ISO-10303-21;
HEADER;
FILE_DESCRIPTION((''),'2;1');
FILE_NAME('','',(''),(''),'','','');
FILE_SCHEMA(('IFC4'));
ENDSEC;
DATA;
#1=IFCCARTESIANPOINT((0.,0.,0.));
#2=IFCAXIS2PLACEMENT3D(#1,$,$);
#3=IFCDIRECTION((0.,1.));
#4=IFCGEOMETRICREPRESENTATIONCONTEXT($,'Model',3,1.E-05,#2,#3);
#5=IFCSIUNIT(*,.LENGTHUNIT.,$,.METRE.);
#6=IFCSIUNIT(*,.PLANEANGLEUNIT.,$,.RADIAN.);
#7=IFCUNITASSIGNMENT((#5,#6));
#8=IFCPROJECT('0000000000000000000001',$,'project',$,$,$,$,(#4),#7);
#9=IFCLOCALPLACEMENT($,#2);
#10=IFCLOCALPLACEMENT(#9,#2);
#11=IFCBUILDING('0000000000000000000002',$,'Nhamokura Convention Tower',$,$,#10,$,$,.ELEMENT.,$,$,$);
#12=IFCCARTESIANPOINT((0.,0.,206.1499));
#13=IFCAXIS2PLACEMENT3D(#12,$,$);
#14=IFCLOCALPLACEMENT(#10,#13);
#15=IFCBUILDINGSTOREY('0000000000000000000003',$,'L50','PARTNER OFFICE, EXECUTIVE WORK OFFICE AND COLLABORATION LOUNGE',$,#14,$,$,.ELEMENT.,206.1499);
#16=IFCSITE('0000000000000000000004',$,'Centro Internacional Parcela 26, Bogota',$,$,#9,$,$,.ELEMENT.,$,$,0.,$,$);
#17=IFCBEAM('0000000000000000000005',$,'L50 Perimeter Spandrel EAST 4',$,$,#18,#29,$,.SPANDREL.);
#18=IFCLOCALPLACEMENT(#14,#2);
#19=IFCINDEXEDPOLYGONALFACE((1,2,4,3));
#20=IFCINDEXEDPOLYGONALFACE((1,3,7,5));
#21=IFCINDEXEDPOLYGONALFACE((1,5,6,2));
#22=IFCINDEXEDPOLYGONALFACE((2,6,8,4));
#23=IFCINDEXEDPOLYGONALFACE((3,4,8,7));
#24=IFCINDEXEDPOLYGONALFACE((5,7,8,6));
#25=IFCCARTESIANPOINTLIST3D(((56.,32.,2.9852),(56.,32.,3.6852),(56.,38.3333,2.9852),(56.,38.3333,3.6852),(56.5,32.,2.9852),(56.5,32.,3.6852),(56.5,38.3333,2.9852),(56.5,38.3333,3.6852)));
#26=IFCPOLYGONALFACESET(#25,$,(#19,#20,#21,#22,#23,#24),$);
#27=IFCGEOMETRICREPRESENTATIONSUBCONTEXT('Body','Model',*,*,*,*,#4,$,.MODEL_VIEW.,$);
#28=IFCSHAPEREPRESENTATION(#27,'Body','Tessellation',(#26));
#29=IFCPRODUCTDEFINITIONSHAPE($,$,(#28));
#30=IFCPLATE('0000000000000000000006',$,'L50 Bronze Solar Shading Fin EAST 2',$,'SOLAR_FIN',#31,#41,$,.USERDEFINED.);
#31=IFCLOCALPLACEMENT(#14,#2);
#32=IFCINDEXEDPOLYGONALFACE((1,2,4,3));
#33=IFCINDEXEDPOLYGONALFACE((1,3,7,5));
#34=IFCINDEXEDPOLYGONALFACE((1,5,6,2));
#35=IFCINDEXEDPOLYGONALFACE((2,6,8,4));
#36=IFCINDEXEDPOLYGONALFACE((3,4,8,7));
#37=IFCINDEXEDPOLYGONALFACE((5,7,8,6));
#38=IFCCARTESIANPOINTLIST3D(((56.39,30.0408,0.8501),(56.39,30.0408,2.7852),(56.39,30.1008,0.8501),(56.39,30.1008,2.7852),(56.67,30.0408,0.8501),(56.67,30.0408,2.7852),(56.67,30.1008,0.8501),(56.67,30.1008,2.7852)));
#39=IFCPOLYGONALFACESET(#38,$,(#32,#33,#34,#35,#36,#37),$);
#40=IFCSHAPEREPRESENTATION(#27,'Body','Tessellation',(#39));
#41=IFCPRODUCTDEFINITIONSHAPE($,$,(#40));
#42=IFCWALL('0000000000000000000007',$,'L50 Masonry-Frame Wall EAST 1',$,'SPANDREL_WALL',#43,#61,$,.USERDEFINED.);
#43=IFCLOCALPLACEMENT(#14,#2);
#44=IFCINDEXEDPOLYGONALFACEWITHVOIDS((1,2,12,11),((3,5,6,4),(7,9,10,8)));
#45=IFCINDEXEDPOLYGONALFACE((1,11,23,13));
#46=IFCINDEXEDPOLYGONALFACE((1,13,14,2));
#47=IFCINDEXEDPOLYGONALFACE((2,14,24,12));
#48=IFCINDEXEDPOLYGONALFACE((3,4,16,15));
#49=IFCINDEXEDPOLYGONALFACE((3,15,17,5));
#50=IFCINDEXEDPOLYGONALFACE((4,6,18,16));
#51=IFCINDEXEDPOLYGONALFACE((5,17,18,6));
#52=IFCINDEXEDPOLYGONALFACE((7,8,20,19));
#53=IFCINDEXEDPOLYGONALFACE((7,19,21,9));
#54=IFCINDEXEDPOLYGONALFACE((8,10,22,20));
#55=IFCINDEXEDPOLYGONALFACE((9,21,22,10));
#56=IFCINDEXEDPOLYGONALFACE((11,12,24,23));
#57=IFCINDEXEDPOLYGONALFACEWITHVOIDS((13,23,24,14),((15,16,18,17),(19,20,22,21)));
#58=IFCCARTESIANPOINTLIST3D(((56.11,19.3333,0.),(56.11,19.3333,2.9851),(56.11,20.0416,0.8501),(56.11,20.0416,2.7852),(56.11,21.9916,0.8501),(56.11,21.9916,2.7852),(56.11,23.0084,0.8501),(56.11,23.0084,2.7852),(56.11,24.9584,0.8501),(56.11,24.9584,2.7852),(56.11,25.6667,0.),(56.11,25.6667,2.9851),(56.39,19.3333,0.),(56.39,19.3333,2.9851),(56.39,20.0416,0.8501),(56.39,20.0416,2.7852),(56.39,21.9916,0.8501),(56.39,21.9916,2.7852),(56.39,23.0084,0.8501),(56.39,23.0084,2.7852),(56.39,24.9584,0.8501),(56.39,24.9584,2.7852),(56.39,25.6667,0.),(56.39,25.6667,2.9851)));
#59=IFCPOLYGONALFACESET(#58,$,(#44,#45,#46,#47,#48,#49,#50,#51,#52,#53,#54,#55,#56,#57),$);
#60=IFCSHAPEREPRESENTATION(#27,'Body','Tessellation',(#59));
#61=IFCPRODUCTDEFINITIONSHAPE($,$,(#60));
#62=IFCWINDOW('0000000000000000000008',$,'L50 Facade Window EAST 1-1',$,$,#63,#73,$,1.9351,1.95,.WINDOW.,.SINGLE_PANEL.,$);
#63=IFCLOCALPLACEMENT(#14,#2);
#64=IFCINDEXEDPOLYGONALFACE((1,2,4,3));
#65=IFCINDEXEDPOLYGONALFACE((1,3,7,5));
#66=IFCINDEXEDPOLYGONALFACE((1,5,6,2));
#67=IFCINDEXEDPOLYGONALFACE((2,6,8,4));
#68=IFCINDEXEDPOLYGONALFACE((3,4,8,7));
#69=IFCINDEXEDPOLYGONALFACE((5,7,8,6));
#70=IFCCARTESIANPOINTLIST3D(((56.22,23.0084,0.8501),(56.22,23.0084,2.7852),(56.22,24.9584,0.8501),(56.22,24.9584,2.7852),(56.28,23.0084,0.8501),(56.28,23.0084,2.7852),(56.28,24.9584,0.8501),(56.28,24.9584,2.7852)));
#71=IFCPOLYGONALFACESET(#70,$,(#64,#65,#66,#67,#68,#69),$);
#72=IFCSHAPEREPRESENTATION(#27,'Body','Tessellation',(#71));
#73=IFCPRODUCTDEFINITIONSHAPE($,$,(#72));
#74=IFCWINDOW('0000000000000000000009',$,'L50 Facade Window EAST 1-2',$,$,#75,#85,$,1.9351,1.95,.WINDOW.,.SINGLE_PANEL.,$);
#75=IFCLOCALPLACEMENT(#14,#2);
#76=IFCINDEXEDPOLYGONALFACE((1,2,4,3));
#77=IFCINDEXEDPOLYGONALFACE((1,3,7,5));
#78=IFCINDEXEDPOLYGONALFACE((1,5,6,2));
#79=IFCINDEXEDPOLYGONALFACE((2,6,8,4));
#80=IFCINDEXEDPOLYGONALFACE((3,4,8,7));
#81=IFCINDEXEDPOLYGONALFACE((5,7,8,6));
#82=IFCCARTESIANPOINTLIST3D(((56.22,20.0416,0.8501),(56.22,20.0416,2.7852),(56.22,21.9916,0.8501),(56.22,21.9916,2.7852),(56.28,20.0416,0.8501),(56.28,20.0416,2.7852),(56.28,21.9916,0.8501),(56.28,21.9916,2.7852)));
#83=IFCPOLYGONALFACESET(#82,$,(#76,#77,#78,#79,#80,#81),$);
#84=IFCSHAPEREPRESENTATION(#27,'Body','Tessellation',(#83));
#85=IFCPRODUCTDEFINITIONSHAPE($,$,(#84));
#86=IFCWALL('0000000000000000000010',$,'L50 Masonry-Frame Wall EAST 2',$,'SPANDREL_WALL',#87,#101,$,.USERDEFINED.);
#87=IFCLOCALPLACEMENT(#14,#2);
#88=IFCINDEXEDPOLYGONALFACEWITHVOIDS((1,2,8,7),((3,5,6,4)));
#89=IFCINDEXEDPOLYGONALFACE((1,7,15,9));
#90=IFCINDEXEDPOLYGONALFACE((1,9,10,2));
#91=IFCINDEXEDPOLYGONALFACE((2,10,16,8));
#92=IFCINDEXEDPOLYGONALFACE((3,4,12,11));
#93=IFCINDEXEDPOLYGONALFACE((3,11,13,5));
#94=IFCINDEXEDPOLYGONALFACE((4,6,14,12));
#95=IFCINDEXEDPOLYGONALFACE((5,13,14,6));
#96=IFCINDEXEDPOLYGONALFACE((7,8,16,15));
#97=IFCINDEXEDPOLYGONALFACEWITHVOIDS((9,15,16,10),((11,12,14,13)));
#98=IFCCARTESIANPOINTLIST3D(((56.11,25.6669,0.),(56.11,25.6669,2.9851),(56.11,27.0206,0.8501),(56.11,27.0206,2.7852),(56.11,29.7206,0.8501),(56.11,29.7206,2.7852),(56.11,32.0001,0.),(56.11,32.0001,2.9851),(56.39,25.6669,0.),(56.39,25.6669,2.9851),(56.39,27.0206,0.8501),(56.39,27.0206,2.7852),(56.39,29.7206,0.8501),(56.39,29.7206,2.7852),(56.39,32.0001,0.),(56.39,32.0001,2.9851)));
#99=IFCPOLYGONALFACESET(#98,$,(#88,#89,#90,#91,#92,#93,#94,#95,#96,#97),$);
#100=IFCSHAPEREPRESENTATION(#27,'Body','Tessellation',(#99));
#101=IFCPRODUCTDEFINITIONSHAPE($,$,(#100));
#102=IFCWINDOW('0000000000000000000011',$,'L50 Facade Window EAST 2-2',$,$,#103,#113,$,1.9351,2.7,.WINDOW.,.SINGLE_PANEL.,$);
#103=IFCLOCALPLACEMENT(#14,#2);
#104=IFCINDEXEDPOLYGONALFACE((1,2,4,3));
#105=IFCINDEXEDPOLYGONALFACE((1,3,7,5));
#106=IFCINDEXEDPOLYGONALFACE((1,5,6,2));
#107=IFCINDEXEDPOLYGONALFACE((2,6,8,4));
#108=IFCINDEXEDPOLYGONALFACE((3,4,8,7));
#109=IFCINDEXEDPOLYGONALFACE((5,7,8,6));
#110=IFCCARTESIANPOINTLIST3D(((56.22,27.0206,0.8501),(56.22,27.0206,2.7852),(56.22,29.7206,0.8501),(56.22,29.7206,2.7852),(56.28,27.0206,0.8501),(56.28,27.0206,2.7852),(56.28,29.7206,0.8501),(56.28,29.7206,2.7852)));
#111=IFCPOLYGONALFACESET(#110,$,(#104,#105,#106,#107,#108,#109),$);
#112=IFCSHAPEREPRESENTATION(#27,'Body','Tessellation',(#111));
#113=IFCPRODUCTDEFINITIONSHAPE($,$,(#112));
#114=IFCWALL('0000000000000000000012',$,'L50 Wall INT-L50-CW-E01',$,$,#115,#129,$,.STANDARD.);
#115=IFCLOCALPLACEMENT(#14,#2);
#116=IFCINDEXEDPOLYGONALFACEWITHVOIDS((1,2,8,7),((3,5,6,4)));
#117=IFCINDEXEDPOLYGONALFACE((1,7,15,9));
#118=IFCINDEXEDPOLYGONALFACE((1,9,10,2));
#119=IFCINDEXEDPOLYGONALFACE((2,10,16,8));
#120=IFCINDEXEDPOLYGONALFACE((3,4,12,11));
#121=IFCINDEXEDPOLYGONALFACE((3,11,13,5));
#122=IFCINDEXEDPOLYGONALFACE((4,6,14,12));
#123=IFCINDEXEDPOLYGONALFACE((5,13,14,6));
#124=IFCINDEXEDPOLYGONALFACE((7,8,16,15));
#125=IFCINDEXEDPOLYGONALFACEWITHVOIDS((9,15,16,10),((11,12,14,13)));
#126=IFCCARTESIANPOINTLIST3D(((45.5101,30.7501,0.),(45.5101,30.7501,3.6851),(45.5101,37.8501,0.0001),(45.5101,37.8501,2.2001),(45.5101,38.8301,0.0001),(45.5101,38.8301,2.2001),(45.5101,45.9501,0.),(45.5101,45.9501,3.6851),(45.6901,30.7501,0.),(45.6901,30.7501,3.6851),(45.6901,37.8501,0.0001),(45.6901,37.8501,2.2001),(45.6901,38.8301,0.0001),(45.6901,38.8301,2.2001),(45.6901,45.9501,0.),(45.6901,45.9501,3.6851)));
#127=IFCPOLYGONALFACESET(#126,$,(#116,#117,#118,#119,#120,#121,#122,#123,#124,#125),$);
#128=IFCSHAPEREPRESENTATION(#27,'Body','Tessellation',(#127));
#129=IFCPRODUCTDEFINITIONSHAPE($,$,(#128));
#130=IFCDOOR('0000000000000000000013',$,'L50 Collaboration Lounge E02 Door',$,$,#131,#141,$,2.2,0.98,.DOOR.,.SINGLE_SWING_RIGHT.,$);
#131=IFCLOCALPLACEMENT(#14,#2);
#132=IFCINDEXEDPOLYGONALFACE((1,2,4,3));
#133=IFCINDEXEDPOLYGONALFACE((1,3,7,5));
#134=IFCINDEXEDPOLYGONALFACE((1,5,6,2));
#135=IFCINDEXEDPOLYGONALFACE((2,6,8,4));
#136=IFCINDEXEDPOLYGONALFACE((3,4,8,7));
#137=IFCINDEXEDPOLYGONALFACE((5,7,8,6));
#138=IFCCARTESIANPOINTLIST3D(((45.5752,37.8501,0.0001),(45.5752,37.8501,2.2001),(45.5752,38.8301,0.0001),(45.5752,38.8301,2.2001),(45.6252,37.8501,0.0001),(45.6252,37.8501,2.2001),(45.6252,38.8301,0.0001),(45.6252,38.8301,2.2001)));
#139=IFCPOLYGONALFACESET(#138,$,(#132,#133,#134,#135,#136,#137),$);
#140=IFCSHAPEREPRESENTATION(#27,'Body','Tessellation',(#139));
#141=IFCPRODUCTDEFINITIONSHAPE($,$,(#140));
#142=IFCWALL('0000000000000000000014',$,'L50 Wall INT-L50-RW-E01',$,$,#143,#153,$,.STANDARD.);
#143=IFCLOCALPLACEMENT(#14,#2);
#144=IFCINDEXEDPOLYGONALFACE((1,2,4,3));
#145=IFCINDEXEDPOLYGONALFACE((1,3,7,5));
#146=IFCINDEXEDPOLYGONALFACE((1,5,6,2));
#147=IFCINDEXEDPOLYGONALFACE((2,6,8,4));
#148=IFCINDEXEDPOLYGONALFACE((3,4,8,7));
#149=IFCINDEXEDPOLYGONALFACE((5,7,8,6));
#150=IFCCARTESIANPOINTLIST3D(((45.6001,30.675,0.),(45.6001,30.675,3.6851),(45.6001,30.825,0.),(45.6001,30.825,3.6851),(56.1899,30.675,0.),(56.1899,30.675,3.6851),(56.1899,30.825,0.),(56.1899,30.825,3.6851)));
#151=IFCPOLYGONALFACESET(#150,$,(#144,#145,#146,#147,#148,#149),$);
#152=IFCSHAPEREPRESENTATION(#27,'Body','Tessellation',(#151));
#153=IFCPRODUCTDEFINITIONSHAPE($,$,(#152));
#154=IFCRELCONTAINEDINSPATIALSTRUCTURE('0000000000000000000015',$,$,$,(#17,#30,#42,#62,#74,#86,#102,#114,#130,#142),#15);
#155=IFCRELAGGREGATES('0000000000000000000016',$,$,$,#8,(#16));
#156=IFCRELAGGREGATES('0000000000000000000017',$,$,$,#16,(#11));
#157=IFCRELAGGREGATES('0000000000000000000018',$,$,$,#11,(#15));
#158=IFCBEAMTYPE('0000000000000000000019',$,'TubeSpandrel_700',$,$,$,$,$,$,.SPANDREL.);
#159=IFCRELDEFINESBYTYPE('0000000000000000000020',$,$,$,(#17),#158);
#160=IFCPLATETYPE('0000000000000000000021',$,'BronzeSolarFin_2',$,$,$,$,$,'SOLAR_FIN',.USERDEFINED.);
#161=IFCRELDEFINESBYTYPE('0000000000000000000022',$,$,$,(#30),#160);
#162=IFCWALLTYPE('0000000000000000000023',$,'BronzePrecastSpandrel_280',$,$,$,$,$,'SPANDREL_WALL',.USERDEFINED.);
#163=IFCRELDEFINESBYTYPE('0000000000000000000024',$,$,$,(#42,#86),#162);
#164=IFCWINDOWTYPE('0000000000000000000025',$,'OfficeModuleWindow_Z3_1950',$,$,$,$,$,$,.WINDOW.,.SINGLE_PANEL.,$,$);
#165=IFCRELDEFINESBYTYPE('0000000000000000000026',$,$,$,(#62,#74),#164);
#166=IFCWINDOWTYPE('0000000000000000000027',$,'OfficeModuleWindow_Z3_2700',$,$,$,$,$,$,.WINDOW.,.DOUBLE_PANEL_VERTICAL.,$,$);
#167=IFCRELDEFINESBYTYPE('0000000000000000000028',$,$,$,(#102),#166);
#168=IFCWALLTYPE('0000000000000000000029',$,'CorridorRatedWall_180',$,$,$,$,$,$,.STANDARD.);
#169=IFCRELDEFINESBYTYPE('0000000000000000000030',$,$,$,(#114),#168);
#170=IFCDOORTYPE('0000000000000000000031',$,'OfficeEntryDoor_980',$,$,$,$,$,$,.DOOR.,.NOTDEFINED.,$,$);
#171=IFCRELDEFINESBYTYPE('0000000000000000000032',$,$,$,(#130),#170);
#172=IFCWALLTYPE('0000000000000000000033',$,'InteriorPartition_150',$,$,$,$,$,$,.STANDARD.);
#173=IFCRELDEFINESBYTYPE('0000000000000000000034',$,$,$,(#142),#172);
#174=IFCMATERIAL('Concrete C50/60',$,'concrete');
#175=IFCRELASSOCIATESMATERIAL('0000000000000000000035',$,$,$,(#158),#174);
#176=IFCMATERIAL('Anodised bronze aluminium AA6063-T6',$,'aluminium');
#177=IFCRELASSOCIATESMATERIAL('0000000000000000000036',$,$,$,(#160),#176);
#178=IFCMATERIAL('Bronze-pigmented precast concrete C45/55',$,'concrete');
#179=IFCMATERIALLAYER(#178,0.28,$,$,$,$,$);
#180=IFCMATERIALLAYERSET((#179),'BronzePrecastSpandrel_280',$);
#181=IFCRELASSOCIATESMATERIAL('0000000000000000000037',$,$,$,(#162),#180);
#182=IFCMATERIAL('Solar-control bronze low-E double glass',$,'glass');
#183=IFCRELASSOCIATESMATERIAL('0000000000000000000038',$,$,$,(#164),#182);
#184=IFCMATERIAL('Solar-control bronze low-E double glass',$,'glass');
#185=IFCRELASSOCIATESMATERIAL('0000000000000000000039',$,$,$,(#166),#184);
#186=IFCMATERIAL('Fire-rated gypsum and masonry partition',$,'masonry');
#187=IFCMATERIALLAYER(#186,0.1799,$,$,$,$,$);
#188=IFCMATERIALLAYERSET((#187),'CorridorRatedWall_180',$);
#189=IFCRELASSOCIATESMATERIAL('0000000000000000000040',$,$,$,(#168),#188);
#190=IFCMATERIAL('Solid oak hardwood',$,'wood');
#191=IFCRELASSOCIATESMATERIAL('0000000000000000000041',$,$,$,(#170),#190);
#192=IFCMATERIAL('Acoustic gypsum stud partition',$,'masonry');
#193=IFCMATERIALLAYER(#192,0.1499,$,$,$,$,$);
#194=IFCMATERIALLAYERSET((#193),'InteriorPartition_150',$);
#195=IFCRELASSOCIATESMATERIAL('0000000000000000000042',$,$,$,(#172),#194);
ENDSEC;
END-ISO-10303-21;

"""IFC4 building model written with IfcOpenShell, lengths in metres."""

from ifc_helpers import new_model, si_unit, direction, frame, frame_2d, origin, origin_2d, place, context, subcontext, project, spatial, rectangle, extrude, material, layer, layer_set, material_profile, profile_set, type_object, element, fill, save


model = new_model("IFC4")

# Units and contexts
model_context = context("Model", 3, precision=1e-05, world=origin(), true_north=direction((0.0, 1.0)))
body_context = subcontext(model_context, "Body", "Model", "MODEL_VIEW")
ifc_project = project(units=[si_unit("LENGTHUNIT", "METRE"), si_unit("PLANEANGLEUNIT", "RADIAN")], contexts=[model_context])

# Site, building, storey
site_placement = place(None, origin())
site = spatial("IfcSite", under=ifc_project, at=site_placement, Name="Centro Internacional Parcela 26, Bogota", CompositionType="ELEMENT", RefElevation=0.0)
building_placement = place(site_placement, origin())
building = spatial("IfcBuilding", under=site, at=building_placement, Name="Nhamokura Convention Tower", CompositionType="ELEMENT")
storey_placement = place(building_placement, frame((0.0, 0.0, 206.1499)))
storey = spatial("IfcBuildingStorey", under=building, at=storey_placement, Name="L50", Description="PARTNER OFFICE, EXECUTIVE WORK OFFICE AND COLLABORATION LOUNGE", CompositionType="ELEMENT", Elevation=206.1499)

# Beam
ifc_material_1 = material(Name="Concrete C50/60", Category="concrete")
ifc_material_profile_1 = material_profile(ifc_material_1, rectangle(XDim=0.5, YDim=0.7, at=origin_2d()))
ifc_profile_set_1 = profile_set([ifc_material_profile_1], Name="Concrete C50/60")
beam_type_1 = type_object("IfcBeamType", Name="TubeSpandrel_700", PredefinedType="SPANDREL", material=ifc_profile_set_1)
for number, where, z_axis, x_axis, name in (
    (1, (56.25, 32.0, 3.3352), (0.0, 1.0, 0.0), (-1.0, 0.0, 0.0), "L50 Perimeter Spandrel EAST 4"),
):
    element("IfcBeam", number, at=place(storey_placement, frame(where, z_axis=z_axis, x_axis=x_axis)), inside=storey, type_object=beam_type_1, Name=name, PredefinedType="SPANDREL", context=body_context, shape_type="SweptSolid", body=[
        extrude(rectangle(XDim=0.5, YDim=0.7, at=origin_2d()), origin(), (0.0, 0.0, 1.0), 6.3333),
    ])

# Plate
ifc_material_2 = material(Name="Anodised bronze aluminium AA6063-T6", Category="aluminium")
plate_type = type_object("IfcPlateType", Name="BronzeSolarFin_2", ElementType="SOLAR_FIN", PredefinedType="USERDEFINED", material=ifc_material_2)
plate_placement = place(storey_placement, frame((56.53, 30.0708, 0.8501), z_axis=(0.0, 0.0, 1.0), x_axis=(1.0, 0.0, 0.0)))
element("IfcPlate", 2, at=plate_placement, inside=storey, type_object=plate_type, Name="L50 Bronze Solar Shading Fin EAST 2", ObjectType="SOLAR_FIN", PredefinedType="USERDEFINED", context=body_context, shape_type="SweptSolid", body=[
    extrude(rectangle(XDim=0.28, YDim=0.0601, at=origin_2d()), origin(), (0.0, 0.0, 1.0), 1.9351),
])

# Wall, openings, windows
ifc_material_3 = material(Name="Bronze-pigmented precast concrete C45/55", Category="concrete")
ifc_layer_1 = layer(ifc_material_3, 0.28)
ifc_layer_set_1 = layer_set([ifc_layer_1], Name="BronzePrecastSpandrel_280")
wall_type_1 = type_object("IfcWallType", Name="BronzePrecastSpandrel_280", ElementType="SPANDREL_WALL", PredefinedType="USERDEFINED", material=ifc_layer_set_1)
wall_1_placement = place(storey_placement, frame((56.25, 25.6667, 0.0), z_axis=(0.0, 0.0, 1.0), x_axis=(0.0, -1.0, 0.0)))
wall_1 = element("IfcWall", 3, at=wall_1_placement, inside=storey, type_object=wall_type_1, Name="L50 Masonry-Frame Wall EAST 1", ObjectType="SPANDREL_WALL", PredefinedType="USERDEFINED", context=body_context, shape_type="SweptSolid", body=[
    extrude(rectangle(XDim=6.3335, YDim=0.28, at=frame_2d((3.1667, 0.0))), origin(), (0.0, 0.0, 1.0), 2.9851),
])
opening_1_placement = place(wall_1_placement, frame((0.7083, 0.0, 0.8501)))
opening_1 = element("IfcOpeningElement", 4, at=opening_1_placement, cuts=wall_1, PredefinedType="OPENING", context=body_context, shape_type="SweptSolid", body=[
    extrude(rectangle(XDim=1.95, YDim=1.9351, at=frame_2d((0.9751, 0.9675))), frame((0.0, 0.1499, 0.0), z_axis=(0.0, -1.0, 0.0), x_axis=(1.0, 0.0, 0.0)), (0.0, 0.0, 1.0), 0.3),
])
opening_2_placement = place(wall_1_placement, frame((3.675, 0.0, 0.8501)))
opening_2 = element("IfcOpeningElement", 5, at=opening_2_placement, cuts=wall_1, PredefinedType="OPENING", context=body_context, shape_type="SweptSolid", body=[
    extrude(rectangle(XDim=1.95, YDim=1.9351, at=frame_2d((0.9751, 0.9675))), frame((0.0, 0.1499, 0.0), z_axis=(0.0, -1.0, 0.0), x_axis=(1.0, 0.0, 0.0)), (0.0, 0.0, 1.0), 0.3),
])
ifc_material_4 = material(Name="Solar-control bronze low-E double glass", Category="glass")
window_type_1 = type_object("IfcWindowType", Name="OfficeModuleWindow_Z3_1950", PartitioningType="SINGLE_PANEL", PredefinedType="WINDOW", material=ifc_material_4)
window_1_placement = place(opening_1_placement, origin())
window_1 = element("IfcWindow", 6, at=window_1_placement, inside=storey, type_object=window_type_1, Name="L50 Facade Window EAST 1-1", OverallHeight=1.9351, OverallWidth=1.95, PartitioningType="SINGLE_PANEL", PredefinedType="WINDOW", context=body_context, shape_type="SweptSolid", body=[
    extrude(rectangle(XDim=1.95, YDim=1.9351, at=frame_2d((0.9751, 0.9675))), frame((0.0, 0.03, 0.0), z_axis=(0.0, -1.0, 0.0), x_axis=(1.0, 0.0, 0.0)), (0.0, 0.0, 1.0), 0.0601),
])
fill(opening_1, window_1)
window_2_placement = place(opening_2_placement, origin())
window_2 = element("IfcWindow", 7, at=window_2_placement, inside=storey, type_object=window_type_1, Name="L50 Facade Window EAST 1-2", OverallHeight=1.9351, OverallWidth=1.95, PartitioningType="SINGLE_PANEL", PredefinedType="WINDOW", context=body_context, shape_type="SweptSolid", body=[
    extrude(rectangle(XDim=1.95, YDim=1.9351, at=frame_2d((0.9751, 0.9675))), frame((0.0, 0.03, 0.0), z_axis=(0.0, -1.0, 0.0), x_axis=(1.0, 0.0, 0.0)), (0.0, 0.0, 1.0), 0.0601),
])
fill(opening_2, window_2)

# Wall, opening, window
wall_2_placement = place(storey_placement, frame((56.25, 32.0, 0.0), z_axis=(0.0, 0.0, 1.0), x_axis=(0.0, -1.0, 0.0)))
wall_2 = element("IfcWall", 8, at=wall_2_placement, inside=storey, type_object=wall_type_1, Name="L50 Masonry-Frame Wall EAST 2", ObjectType="SPANDREL_WALL", PredefinedType="USERDEFINED", context=body_context, shape_type="SweptSolid", body=[
    extrude(rectangle(XDim=6.3333, YDim=0.28, at=frame_2d((3.1665, 0.0))), origin(), (0.0, 0.0, 1.0), 2.9851),
])
opening_3_placement = place(wall_2_placement, frame((2.2793, 0.0, 0.8501)))
opening_3 = element("IfcOpeningElement", 9, at=opening_3_placement, cuts=wall_2, PredefinedType="OPENING", context=body_context, shape_type="SweptSolid", body=[
    extrude(rectangle(XDim=2.7, YDim=1.9351, at=frame_2d((1.3501, 0.9675))), frame((0.0, 0.1499, 0.0), z_axis=(0.0, -1.0, 0.0), x_axis=(1.0, 0.0, 0.0)), (0.0, 0.0, 1.0), 0.3),
])
ifc_material_5 = material(Name="Solar-control bronze low-E double glass", Category="glass")
window_type_2 = type_object("IfcWindowType", Name="OfficeModuleWindow_Z3_2700", PartitioningType="DOUBLE_PANEL_VERTICAL", PredefinedType="WINDOW", material=ifc_material_5)
window_3_placement = place(opening_3_placement, origin())
window_3 = element("IfcWindow", 10, at=window_3_placement, inside=storey, type_object=window_type_2, Name="L50 Facade Window EAST 2-2", OverallHeight=1.9351, OverallWidth=2.7, PartitioningType="SINGLE_PANEL", PredefinedType="WINDOW", context=body_context, shape_type="SweptSolid", body=[
    extrude(rectangle(XDim=2.7, YDim=1.9351, at=frame_2d((1.3501, 0.9675))), frame((0.0, 0.03, 0.0), z_axis=(0.0, -1.0, 0.0), x_axis=(1.0, 0.0, 0.0)), (0.0, 0.0, 1.0), 0.0601),
])
fill(opening_3, window_3)

# Wall, opening, door
ifc_material_6 = material(Name="Fire-rated gypsum and masonry partition", Category="masonry")
ifc_layer_2 = layer(ifc_material_6, 0.1799)
ifc_layer_set_2 = layer_set([ifc_layer_2], Name="CorridorRatedWall_180")
wall_type_2 = type_object("IfcWallType", Name="CorridorRatedWall_180", PredefinedType="STANDARD", material=ifc_layer_set_2)
wall_3_placement = place(storey_placement, frame((45.6001, 30.75, 0.0), z_axis=(0.0, 0.0, 1.0), x_axis=(0.0, 1.0, 0.0)))
wall_3 = element("IfcWall", 11, at=wall_3_placement, inside=storey, type_object=wall_type_2, Name="L50 Wall INT-L50-CW-E01", PredefinedType="STANDARD", context=body_context, shape_type="SweptSolid", body=[
    extrude(rectangle(XDim=15.2, YDim=0.1799, at=frame_2d((7.6001, 0.0))), origin(), (0.0, 0.0, 1.0), 3.6851),
])
opening_4_placement = place(wall_3_placement, frame((7.1001, 0.0, 0.0)))
opening_4 = element("IfcOpeningElement", 12, at=opening_4_placement, cuts=wall_3, PredefinedType="OPENING", context=body_context, shape_type="SweptSolid", body=[
    extrude(rectangle(XDim=0.98, YDim=2.2, at=frame_2d((0.49, 1.1001))), frame((0.0, 0.0999, 0.0), z_axis=(0.0, -1.0, 0.0), x_axis=(1.0, 0.0, 0.0)), (0.0, 0.0, 1.0), 0.2),
])
ifc_material_7 = material(Name="Solid oak hardwood", Category="wood")
door_type_1 = type_object("IfcDoorType", Name="OfficeEntryDoor_980", OperationType="NOTDEFINED", PredefinedType="DOOR", material=ifc_material_7)
door_1_placement = place(opening_4_placement, origin())
door_1 = element("IfcDoor", 13, at=door_1_placement, inside=storey, type_object=door_type_1, Name="L50 Collaboration Lounge E02 Door", OperationType="SINGLE_SWING_RIGHT", OverallHeight=2.2, OverallWidth=0.98, PredefinedType="DOOR", context=body_context, shape_type="SweptSolid", body=[
    extrude(rectangle(XDim=0.98, YDim=2.2, at=frame_2d((0.49, 1.1001))), frame((0.0, 0.0249, 0.0), z_axis=(0.0, -1.0, 0.0), x_axis=(1.0, 0.0, 0.0)), (0.0, 0.0, 1.0), 0.05),
])
fill(opening_4, door_1)

# Wall
ifc_material_8 = material(Name="Acoustic gypsum stud partition", Category="masonry")
ifc_layer_3 = layer(ifc_material_8, 0.1499)
ifc_layer_set_3 = layer_set([ifc_layer_3], Name="InteriorPartition_150")
wall_type_3 = type_object("IfcWallType", Name="InteriorPartition_150", PredefinedType="STANDARD", material=ifc_layer_set_3)
wall_4_placement = place(storey_placement, frame((45.6001, 30.75, 0.0), z_axis=(0.0, 0.0, 1.0), x_axis=(1.0, 0.0, 0.0)))
element("IfcWall", 14, at=wall_4_placement, inside=storey, type_object=wall_type_3, Name="L50 Wall INT-L50-RW-E01", PredefinedType="STANDARD", context=body_context, shape_type="SweptSolid", body=[
    extrude(rectangle(XDim=10.5898, YDim=0.1499, at=frame_2d((5.2949, 0.0))), origin(), (0.0, 0.0, 1.0), 3.6851),
])

save(model, "model.ifc")
